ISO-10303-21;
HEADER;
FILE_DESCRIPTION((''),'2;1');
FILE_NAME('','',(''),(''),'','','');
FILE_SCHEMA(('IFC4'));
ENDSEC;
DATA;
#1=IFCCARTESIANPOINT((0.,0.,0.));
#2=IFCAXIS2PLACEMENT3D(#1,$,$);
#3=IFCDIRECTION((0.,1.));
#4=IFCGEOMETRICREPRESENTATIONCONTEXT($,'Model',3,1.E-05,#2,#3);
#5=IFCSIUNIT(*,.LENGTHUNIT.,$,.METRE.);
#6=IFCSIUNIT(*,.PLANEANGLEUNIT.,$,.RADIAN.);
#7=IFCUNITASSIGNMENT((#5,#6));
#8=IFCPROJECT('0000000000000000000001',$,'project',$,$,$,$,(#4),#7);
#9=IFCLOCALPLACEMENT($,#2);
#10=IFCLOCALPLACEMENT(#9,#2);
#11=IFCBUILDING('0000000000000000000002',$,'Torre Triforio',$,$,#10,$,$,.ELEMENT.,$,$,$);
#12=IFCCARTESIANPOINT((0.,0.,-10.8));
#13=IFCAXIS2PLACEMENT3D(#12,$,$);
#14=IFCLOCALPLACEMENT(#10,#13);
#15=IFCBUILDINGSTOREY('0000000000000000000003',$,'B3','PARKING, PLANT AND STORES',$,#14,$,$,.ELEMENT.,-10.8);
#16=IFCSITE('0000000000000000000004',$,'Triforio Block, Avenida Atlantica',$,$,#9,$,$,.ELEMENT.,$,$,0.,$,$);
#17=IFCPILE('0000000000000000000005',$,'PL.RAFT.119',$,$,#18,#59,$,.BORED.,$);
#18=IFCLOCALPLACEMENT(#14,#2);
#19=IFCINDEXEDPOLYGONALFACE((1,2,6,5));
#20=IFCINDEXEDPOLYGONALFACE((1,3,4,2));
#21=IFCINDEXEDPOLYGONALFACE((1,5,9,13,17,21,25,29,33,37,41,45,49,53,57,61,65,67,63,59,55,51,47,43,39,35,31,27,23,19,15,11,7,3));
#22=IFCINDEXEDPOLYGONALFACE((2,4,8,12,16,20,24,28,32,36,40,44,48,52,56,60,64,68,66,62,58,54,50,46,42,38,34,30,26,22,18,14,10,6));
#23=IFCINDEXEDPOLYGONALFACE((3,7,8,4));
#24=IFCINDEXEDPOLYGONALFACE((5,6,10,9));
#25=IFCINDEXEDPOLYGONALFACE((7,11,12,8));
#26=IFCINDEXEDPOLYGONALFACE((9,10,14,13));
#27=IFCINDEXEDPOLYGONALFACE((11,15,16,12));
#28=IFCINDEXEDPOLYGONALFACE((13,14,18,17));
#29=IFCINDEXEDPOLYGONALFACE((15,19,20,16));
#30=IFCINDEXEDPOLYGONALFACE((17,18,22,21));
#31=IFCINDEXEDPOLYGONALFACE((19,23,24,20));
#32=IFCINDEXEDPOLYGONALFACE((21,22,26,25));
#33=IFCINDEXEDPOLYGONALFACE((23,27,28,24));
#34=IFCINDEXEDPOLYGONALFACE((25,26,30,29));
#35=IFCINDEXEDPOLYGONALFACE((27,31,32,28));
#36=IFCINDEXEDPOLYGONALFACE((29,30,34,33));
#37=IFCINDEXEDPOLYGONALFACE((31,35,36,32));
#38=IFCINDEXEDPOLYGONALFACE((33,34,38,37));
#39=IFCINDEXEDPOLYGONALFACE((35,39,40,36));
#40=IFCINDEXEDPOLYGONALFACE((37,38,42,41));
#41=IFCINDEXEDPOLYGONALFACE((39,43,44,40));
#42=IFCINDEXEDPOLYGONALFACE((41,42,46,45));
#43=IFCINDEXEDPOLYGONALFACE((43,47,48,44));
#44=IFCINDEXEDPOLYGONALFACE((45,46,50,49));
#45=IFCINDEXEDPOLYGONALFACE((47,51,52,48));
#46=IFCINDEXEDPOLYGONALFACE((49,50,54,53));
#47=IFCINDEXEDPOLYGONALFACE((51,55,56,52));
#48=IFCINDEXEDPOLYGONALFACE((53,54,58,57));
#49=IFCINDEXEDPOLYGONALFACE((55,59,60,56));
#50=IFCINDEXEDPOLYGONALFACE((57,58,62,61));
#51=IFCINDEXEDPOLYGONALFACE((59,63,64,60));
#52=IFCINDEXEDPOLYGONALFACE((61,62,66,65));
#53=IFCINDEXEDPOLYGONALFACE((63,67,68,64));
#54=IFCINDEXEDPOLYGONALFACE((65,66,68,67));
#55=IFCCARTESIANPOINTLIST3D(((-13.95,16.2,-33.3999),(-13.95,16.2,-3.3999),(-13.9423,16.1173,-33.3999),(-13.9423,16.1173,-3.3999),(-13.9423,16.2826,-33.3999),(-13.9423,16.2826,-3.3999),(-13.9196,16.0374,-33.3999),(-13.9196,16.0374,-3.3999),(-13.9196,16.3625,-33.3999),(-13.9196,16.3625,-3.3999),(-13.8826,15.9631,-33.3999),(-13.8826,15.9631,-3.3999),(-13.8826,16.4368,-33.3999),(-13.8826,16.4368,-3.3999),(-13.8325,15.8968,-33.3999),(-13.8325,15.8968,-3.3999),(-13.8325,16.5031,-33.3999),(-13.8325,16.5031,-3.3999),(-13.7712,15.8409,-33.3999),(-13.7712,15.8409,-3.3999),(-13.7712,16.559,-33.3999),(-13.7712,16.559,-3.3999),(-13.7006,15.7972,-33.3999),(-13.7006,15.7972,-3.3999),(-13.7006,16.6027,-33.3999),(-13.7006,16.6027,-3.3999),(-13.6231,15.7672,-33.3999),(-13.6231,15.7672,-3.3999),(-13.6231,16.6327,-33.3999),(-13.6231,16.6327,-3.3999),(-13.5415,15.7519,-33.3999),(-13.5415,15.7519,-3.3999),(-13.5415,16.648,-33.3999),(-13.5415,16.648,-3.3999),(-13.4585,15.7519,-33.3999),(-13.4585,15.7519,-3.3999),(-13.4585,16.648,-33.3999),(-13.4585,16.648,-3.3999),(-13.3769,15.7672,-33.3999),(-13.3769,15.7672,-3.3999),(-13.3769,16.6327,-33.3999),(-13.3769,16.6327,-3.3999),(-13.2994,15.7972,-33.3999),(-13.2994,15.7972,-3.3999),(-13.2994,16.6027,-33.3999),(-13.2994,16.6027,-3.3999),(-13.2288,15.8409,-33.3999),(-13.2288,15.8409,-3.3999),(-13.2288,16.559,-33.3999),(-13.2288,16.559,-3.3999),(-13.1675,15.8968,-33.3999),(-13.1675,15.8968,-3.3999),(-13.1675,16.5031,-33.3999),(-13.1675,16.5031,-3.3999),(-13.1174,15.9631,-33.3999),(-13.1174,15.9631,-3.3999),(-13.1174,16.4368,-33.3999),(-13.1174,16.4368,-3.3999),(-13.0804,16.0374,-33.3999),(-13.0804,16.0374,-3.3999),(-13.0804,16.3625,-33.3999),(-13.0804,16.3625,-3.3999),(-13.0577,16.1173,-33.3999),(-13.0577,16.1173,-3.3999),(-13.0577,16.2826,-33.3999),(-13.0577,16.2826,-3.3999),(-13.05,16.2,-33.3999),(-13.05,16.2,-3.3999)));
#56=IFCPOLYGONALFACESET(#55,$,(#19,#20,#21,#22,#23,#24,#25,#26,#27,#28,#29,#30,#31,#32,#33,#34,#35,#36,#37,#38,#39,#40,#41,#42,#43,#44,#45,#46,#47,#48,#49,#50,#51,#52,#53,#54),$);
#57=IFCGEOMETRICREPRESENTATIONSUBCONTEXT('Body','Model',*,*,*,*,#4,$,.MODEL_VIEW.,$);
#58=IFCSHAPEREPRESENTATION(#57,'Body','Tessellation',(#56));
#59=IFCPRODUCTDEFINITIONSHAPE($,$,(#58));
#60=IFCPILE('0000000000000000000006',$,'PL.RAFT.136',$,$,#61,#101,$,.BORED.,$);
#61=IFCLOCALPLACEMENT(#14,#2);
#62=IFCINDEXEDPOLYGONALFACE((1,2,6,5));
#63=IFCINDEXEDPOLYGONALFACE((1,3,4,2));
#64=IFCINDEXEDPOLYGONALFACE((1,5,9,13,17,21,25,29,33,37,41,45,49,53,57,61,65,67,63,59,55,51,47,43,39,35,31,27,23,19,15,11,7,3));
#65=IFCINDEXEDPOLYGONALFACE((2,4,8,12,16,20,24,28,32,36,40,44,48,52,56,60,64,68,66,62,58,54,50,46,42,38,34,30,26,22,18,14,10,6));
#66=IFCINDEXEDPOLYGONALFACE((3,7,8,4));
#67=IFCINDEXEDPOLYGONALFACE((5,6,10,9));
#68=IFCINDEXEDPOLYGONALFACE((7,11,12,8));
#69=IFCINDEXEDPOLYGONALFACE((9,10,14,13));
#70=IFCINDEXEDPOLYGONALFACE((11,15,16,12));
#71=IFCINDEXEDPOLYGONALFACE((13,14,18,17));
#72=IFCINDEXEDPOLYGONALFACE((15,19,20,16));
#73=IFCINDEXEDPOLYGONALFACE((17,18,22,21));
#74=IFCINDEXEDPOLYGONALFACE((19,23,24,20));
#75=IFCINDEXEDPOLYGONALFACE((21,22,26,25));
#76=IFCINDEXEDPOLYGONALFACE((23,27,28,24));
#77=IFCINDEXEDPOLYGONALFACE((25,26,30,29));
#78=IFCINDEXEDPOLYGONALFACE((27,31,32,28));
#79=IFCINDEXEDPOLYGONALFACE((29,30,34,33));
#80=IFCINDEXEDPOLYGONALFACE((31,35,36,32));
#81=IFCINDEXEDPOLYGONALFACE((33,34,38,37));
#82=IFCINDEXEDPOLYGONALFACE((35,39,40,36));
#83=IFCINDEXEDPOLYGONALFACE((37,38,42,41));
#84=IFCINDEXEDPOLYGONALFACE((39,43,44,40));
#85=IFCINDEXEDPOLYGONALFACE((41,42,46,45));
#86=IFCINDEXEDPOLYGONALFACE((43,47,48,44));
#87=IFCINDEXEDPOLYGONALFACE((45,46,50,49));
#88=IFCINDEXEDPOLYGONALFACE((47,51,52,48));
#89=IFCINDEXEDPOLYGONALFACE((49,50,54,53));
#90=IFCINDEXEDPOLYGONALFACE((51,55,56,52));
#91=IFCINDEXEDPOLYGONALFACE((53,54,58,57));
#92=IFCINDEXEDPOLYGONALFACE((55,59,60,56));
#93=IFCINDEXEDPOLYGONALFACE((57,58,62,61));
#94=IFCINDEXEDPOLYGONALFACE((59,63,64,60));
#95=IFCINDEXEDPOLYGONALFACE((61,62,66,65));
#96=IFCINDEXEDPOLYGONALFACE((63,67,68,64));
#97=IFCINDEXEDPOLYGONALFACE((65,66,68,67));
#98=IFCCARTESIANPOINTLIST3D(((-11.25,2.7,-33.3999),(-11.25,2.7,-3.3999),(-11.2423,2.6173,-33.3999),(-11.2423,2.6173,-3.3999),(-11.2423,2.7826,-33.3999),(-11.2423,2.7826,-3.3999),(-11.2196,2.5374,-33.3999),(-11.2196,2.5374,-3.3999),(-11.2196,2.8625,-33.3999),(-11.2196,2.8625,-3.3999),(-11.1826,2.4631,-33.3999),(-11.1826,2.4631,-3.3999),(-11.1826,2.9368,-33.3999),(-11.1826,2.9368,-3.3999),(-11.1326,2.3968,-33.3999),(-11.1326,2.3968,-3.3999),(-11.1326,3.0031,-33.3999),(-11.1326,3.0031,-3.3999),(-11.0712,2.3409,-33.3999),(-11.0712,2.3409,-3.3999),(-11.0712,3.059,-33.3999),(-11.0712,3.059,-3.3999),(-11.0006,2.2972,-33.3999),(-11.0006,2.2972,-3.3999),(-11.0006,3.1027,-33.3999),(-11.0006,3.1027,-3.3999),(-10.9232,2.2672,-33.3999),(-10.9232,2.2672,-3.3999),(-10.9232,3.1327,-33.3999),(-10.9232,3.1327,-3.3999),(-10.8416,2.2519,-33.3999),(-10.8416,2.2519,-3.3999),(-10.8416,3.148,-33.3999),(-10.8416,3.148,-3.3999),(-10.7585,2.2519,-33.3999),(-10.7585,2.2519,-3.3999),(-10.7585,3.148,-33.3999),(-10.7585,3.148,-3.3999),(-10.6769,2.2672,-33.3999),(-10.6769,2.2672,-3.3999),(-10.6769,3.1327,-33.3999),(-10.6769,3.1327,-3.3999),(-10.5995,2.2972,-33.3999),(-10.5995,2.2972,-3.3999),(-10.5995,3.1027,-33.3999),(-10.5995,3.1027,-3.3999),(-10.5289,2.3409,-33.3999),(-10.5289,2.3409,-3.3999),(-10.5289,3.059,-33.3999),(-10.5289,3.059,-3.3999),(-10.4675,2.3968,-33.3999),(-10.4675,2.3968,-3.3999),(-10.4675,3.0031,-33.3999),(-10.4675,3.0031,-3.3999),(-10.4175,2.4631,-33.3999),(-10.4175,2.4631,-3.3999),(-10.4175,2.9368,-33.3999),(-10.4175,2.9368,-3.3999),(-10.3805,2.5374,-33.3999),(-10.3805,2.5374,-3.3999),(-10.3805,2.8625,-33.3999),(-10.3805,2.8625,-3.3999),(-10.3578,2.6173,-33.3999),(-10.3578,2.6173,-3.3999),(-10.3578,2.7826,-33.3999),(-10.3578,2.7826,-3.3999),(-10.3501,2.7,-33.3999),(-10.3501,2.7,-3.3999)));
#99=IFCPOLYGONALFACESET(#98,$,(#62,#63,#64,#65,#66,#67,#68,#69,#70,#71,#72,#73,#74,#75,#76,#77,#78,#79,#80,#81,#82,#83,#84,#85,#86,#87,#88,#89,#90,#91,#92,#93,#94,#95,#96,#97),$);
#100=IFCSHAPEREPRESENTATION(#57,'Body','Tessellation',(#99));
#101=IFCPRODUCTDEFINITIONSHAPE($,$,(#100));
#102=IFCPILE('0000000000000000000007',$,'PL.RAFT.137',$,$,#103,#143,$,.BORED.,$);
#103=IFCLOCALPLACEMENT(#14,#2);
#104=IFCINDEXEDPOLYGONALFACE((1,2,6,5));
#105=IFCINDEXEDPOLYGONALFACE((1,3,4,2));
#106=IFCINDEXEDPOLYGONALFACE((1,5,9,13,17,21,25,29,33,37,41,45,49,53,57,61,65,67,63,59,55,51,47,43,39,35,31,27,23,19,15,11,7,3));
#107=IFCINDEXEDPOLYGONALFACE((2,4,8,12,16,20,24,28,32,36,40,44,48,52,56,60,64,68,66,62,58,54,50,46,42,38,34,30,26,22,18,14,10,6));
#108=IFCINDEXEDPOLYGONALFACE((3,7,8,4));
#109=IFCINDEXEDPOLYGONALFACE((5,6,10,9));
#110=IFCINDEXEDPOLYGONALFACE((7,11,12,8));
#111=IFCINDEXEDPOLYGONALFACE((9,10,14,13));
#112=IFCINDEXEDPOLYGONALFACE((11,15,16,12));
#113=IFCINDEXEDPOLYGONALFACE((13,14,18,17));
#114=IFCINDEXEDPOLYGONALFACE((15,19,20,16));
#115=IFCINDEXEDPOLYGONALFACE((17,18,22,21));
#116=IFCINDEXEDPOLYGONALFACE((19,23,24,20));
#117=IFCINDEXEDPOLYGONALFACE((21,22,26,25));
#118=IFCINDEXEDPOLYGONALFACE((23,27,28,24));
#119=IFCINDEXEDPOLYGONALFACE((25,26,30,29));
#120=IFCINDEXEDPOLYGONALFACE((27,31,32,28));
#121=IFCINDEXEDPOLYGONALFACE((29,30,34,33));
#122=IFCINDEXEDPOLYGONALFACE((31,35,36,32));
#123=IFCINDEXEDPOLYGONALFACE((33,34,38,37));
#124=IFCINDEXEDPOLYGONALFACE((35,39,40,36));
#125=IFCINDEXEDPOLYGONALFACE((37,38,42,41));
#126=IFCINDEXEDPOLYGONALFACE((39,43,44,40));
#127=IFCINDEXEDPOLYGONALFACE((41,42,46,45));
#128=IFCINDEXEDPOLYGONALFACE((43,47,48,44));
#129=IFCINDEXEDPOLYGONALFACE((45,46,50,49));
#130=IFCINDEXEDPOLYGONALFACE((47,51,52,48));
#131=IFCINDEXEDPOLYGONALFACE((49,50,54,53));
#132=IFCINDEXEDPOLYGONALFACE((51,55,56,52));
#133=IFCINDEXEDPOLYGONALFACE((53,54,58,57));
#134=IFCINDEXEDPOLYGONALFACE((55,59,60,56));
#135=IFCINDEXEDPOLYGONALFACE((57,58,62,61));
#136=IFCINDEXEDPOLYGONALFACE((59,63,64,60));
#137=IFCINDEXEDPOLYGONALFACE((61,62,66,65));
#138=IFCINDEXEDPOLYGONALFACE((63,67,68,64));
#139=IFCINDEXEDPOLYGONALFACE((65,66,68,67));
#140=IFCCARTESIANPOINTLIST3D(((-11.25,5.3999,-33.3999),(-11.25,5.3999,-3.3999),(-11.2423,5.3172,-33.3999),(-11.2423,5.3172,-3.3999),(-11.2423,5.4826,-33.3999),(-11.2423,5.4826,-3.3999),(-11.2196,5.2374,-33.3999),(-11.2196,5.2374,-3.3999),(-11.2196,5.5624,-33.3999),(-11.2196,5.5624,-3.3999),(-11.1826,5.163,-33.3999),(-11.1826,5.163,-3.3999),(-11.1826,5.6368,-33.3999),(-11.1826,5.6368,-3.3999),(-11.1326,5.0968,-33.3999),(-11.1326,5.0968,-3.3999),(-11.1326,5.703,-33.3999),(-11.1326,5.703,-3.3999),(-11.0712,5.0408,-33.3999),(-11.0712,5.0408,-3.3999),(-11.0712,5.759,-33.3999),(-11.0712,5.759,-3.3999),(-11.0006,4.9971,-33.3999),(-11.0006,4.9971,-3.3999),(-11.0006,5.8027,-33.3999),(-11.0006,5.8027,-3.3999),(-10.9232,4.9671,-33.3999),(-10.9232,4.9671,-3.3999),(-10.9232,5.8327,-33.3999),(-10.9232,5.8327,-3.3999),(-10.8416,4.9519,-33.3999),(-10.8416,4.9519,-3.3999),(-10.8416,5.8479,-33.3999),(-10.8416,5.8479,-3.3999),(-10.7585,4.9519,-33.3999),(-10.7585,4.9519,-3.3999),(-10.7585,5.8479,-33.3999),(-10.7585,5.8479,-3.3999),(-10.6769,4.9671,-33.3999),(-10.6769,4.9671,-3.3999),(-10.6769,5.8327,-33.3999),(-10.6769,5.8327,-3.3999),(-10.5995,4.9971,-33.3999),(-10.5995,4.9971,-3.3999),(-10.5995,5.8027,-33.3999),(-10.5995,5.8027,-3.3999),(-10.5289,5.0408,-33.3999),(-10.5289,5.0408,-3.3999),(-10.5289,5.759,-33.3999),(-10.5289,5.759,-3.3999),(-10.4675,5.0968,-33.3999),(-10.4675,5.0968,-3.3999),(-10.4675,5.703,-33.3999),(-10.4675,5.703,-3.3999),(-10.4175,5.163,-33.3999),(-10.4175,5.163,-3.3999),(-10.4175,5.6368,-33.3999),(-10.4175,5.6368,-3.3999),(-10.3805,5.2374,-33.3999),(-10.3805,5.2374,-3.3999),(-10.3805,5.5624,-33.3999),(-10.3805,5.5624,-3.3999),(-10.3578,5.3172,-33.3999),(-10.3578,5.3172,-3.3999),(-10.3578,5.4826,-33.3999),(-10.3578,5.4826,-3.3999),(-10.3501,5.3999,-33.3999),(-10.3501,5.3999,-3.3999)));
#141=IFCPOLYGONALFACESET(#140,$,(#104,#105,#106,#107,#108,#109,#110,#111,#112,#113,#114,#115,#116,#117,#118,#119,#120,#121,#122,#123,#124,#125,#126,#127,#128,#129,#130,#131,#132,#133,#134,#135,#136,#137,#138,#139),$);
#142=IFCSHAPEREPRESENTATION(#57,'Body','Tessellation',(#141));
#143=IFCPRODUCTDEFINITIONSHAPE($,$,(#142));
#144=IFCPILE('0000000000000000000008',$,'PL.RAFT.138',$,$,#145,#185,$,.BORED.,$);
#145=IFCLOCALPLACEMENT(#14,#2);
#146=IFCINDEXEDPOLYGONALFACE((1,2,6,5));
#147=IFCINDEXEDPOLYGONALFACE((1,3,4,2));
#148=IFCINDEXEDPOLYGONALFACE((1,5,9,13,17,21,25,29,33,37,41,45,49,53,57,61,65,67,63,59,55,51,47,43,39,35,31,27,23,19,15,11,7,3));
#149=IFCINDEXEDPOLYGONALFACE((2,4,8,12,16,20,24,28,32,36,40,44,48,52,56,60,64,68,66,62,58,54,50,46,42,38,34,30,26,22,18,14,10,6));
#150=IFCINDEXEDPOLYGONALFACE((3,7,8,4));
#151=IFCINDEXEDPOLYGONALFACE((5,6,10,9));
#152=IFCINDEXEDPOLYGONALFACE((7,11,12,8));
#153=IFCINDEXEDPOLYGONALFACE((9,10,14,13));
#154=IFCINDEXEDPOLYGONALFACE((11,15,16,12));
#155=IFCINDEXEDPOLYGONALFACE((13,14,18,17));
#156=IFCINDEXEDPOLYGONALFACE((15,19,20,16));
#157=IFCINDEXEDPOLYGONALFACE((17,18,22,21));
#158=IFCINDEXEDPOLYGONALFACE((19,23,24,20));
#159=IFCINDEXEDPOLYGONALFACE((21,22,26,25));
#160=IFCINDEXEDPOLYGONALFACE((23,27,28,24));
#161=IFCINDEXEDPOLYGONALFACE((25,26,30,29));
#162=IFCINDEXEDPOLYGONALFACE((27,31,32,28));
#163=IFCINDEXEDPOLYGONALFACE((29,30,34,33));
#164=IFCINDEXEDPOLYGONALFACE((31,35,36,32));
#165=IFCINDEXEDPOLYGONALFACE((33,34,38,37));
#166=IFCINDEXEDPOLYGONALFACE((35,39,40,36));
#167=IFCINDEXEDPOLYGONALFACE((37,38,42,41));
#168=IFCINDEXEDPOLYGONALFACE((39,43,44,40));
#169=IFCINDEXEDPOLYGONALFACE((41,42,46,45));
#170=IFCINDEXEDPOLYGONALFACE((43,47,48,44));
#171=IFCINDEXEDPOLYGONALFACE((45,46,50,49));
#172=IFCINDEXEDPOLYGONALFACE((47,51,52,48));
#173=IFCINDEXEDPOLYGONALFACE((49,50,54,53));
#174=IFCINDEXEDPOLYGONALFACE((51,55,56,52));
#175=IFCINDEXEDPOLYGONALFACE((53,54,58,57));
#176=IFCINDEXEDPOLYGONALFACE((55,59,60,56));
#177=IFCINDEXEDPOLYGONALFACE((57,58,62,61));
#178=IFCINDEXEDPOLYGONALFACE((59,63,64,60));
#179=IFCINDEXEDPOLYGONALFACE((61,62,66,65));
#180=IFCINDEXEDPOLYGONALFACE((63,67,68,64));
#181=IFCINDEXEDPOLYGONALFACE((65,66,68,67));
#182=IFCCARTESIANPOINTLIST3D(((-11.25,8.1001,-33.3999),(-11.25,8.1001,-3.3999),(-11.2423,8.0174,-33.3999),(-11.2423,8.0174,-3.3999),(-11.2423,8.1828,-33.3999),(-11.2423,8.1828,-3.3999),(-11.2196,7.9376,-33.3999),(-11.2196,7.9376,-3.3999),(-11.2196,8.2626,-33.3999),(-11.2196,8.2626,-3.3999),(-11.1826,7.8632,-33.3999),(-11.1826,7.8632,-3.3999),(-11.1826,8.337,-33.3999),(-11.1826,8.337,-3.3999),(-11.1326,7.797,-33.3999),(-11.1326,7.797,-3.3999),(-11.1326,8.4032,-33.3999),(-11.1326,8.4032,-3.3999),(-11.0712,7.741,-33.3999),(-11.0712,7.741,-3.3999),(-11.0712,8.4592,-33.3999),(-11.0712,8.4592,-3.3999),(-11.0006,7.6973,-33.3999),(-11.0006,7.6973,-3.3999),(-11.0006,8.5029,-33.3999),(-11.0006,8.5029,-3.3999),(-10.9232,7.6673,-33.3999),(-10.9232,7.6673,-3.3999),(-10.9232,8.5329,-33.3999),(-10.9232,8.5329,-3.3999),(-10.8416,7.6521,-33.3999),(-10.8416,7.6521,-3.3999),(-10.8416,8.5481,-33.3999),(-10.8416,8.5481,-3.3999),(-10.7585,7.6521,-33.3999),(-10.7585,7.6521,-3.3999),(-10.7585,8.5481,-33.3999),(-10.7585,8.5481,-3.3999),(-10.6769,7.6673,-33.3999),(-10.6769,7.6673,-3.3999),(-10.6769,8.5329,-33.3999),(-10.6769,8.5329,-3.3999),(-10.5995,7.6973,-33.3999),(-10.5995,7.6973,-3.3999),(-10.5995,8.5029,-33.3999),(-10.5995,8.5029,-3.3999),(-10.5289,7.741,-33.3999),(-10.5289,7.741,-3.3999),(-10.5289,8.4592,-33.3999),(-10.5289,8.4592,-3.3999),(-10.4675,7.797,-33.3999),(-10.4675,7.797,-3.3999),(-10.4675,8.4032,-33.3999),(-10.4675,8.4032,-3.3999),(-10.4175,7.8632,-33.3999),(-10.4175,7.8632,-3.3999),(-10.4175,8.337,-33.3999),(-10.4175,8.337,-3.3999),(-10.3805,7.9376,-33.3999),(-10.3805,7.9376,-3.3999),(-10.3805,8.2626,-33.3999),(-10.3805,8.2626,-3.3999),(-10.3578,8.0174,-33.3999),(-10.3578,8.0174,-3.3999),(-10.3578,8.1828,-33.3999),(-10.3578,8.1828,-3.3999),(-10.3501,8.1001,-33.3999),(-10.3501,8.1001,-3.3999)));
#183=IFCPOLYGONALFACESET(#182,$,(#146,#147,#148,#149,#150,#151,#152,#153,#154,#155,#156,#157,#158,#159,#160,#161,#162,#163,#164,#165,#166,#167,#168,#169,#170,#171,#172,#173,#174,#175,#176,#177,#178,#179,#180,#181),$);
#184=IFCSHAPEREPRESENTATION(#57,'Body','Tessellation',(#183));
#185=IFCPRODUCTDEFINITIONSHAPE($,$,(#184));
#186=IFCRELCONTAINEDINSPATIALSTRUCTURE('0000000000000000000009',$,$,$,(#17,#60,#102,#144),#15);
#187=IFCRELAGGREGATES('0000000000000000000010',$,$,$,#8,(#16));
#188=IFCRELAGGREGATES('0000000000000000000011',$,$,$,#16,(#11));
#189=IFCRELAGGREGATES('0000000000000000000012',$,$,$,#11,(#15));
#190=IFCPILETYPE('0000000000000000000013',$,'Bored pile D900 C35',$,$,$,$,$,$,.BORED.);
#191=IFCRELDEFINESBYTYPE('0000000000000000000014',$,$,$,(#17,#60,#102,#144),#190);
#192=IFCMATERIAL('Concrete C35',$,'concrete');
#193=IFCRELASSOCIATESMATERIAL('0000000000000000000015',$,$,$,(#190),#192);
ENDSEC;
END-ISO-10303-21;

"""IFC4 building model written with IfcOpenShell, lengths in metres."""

from ifc_helpers import new_model, si_unit, direction, frame, origin, origin_2d, place, context, subcontext, project, spatial, circle, extrude, material, material_profile, profile_set, type_object, element, save


model = new_model("IFC4")

# Units and contexts
model_context = context("Model", 3, precision=1e-05, world=origin(), true_north=direction((0.0, 1.0)))
body_context = subcontext(model_context, "Body", "Model", "MODEL_VIEW")
ifc_project = project(units=[si_unit("LENGTHUNIT", "METRE"), si_unit("PLANEANGLEUNIT", "RADIAN")], contexts=[model_context])

# Site, building, storey
site_placement = place(None, origin())
site = spatial("IfcSite", under=ifc_project, at=site_placement, Name="Triforio Block, Avenida Atlantica", CompositionType="ELEMENT", RefElevation=0.0)
building_placement = place(site_placement, origin())
building = spatial("IfcBuilding", under=site, at=building_placement, Name="Torre Triforio", CompositionType="ELEMENT")
storey_placement = place(building_placement, frame((0.0, 0.0, -10.8)))
storey = spatial("IfcBuildingStorey", under=building, at=storey_placement, Name="B3", Description="PARKING, PLANT AND STORES", CompositionType="ELEMENT", Elevation=-10.8)

# Piles
ifc_material_1 = material(Name="Concrete C35", Category="concrete")
ifc_material_profile_1 = material_profile(ifc_material_1, circle(Radius=0.45, at=origin_2d()), Name="RC D900")
ifc_profile_set_1 = profile_set([ifc_material_profile_1], Name="Concrete C35")
pile_type = type_object("IfcPileType", Name="Bored pile D900 C35", PredefinedType="BORED", material=ifc_profile_set_1)
for number, where, z_axis, x_axis, name in (
    (1, (-13.5, 16.2, -3.3999), (0.0, 0.0, -1.0), (1.0, 0.0, 0.0), "PL.RAFT.119"),
    (2, (-10.8, 2.7, -3.3999), (0.0, 0.0, -1.0), (1.0, 0.0, 0.0), "PL.RAFT.136"),
    (3, (-10.8, 5.3999, -3.3999), (0.0, 0.0, -1.0), (1.0, 0.0, 0.0), "PL.RAFT.137"),
    (4, (-10.8, 8.1001, -3.3999), (0.0, 0.0, -1.0), (1.0, 0.0, 0.0), "PL.RAFT.138"),
):
    element("IfcPile", number, at=place(storey_placement, frame(where, z_axis=z_axis, x_axis=x_axis)), inside=storey, type_object=pile_type, Name=name, PredefinedType="BORED", context=body_context, shape_type="SweptSolid", body=[
        extrude(circle(Radius=0.45, at=origin_2d()), origin(), (0.0, 0.0, 1.0), 30.0),
    ])

save(model, "model.ifc")
